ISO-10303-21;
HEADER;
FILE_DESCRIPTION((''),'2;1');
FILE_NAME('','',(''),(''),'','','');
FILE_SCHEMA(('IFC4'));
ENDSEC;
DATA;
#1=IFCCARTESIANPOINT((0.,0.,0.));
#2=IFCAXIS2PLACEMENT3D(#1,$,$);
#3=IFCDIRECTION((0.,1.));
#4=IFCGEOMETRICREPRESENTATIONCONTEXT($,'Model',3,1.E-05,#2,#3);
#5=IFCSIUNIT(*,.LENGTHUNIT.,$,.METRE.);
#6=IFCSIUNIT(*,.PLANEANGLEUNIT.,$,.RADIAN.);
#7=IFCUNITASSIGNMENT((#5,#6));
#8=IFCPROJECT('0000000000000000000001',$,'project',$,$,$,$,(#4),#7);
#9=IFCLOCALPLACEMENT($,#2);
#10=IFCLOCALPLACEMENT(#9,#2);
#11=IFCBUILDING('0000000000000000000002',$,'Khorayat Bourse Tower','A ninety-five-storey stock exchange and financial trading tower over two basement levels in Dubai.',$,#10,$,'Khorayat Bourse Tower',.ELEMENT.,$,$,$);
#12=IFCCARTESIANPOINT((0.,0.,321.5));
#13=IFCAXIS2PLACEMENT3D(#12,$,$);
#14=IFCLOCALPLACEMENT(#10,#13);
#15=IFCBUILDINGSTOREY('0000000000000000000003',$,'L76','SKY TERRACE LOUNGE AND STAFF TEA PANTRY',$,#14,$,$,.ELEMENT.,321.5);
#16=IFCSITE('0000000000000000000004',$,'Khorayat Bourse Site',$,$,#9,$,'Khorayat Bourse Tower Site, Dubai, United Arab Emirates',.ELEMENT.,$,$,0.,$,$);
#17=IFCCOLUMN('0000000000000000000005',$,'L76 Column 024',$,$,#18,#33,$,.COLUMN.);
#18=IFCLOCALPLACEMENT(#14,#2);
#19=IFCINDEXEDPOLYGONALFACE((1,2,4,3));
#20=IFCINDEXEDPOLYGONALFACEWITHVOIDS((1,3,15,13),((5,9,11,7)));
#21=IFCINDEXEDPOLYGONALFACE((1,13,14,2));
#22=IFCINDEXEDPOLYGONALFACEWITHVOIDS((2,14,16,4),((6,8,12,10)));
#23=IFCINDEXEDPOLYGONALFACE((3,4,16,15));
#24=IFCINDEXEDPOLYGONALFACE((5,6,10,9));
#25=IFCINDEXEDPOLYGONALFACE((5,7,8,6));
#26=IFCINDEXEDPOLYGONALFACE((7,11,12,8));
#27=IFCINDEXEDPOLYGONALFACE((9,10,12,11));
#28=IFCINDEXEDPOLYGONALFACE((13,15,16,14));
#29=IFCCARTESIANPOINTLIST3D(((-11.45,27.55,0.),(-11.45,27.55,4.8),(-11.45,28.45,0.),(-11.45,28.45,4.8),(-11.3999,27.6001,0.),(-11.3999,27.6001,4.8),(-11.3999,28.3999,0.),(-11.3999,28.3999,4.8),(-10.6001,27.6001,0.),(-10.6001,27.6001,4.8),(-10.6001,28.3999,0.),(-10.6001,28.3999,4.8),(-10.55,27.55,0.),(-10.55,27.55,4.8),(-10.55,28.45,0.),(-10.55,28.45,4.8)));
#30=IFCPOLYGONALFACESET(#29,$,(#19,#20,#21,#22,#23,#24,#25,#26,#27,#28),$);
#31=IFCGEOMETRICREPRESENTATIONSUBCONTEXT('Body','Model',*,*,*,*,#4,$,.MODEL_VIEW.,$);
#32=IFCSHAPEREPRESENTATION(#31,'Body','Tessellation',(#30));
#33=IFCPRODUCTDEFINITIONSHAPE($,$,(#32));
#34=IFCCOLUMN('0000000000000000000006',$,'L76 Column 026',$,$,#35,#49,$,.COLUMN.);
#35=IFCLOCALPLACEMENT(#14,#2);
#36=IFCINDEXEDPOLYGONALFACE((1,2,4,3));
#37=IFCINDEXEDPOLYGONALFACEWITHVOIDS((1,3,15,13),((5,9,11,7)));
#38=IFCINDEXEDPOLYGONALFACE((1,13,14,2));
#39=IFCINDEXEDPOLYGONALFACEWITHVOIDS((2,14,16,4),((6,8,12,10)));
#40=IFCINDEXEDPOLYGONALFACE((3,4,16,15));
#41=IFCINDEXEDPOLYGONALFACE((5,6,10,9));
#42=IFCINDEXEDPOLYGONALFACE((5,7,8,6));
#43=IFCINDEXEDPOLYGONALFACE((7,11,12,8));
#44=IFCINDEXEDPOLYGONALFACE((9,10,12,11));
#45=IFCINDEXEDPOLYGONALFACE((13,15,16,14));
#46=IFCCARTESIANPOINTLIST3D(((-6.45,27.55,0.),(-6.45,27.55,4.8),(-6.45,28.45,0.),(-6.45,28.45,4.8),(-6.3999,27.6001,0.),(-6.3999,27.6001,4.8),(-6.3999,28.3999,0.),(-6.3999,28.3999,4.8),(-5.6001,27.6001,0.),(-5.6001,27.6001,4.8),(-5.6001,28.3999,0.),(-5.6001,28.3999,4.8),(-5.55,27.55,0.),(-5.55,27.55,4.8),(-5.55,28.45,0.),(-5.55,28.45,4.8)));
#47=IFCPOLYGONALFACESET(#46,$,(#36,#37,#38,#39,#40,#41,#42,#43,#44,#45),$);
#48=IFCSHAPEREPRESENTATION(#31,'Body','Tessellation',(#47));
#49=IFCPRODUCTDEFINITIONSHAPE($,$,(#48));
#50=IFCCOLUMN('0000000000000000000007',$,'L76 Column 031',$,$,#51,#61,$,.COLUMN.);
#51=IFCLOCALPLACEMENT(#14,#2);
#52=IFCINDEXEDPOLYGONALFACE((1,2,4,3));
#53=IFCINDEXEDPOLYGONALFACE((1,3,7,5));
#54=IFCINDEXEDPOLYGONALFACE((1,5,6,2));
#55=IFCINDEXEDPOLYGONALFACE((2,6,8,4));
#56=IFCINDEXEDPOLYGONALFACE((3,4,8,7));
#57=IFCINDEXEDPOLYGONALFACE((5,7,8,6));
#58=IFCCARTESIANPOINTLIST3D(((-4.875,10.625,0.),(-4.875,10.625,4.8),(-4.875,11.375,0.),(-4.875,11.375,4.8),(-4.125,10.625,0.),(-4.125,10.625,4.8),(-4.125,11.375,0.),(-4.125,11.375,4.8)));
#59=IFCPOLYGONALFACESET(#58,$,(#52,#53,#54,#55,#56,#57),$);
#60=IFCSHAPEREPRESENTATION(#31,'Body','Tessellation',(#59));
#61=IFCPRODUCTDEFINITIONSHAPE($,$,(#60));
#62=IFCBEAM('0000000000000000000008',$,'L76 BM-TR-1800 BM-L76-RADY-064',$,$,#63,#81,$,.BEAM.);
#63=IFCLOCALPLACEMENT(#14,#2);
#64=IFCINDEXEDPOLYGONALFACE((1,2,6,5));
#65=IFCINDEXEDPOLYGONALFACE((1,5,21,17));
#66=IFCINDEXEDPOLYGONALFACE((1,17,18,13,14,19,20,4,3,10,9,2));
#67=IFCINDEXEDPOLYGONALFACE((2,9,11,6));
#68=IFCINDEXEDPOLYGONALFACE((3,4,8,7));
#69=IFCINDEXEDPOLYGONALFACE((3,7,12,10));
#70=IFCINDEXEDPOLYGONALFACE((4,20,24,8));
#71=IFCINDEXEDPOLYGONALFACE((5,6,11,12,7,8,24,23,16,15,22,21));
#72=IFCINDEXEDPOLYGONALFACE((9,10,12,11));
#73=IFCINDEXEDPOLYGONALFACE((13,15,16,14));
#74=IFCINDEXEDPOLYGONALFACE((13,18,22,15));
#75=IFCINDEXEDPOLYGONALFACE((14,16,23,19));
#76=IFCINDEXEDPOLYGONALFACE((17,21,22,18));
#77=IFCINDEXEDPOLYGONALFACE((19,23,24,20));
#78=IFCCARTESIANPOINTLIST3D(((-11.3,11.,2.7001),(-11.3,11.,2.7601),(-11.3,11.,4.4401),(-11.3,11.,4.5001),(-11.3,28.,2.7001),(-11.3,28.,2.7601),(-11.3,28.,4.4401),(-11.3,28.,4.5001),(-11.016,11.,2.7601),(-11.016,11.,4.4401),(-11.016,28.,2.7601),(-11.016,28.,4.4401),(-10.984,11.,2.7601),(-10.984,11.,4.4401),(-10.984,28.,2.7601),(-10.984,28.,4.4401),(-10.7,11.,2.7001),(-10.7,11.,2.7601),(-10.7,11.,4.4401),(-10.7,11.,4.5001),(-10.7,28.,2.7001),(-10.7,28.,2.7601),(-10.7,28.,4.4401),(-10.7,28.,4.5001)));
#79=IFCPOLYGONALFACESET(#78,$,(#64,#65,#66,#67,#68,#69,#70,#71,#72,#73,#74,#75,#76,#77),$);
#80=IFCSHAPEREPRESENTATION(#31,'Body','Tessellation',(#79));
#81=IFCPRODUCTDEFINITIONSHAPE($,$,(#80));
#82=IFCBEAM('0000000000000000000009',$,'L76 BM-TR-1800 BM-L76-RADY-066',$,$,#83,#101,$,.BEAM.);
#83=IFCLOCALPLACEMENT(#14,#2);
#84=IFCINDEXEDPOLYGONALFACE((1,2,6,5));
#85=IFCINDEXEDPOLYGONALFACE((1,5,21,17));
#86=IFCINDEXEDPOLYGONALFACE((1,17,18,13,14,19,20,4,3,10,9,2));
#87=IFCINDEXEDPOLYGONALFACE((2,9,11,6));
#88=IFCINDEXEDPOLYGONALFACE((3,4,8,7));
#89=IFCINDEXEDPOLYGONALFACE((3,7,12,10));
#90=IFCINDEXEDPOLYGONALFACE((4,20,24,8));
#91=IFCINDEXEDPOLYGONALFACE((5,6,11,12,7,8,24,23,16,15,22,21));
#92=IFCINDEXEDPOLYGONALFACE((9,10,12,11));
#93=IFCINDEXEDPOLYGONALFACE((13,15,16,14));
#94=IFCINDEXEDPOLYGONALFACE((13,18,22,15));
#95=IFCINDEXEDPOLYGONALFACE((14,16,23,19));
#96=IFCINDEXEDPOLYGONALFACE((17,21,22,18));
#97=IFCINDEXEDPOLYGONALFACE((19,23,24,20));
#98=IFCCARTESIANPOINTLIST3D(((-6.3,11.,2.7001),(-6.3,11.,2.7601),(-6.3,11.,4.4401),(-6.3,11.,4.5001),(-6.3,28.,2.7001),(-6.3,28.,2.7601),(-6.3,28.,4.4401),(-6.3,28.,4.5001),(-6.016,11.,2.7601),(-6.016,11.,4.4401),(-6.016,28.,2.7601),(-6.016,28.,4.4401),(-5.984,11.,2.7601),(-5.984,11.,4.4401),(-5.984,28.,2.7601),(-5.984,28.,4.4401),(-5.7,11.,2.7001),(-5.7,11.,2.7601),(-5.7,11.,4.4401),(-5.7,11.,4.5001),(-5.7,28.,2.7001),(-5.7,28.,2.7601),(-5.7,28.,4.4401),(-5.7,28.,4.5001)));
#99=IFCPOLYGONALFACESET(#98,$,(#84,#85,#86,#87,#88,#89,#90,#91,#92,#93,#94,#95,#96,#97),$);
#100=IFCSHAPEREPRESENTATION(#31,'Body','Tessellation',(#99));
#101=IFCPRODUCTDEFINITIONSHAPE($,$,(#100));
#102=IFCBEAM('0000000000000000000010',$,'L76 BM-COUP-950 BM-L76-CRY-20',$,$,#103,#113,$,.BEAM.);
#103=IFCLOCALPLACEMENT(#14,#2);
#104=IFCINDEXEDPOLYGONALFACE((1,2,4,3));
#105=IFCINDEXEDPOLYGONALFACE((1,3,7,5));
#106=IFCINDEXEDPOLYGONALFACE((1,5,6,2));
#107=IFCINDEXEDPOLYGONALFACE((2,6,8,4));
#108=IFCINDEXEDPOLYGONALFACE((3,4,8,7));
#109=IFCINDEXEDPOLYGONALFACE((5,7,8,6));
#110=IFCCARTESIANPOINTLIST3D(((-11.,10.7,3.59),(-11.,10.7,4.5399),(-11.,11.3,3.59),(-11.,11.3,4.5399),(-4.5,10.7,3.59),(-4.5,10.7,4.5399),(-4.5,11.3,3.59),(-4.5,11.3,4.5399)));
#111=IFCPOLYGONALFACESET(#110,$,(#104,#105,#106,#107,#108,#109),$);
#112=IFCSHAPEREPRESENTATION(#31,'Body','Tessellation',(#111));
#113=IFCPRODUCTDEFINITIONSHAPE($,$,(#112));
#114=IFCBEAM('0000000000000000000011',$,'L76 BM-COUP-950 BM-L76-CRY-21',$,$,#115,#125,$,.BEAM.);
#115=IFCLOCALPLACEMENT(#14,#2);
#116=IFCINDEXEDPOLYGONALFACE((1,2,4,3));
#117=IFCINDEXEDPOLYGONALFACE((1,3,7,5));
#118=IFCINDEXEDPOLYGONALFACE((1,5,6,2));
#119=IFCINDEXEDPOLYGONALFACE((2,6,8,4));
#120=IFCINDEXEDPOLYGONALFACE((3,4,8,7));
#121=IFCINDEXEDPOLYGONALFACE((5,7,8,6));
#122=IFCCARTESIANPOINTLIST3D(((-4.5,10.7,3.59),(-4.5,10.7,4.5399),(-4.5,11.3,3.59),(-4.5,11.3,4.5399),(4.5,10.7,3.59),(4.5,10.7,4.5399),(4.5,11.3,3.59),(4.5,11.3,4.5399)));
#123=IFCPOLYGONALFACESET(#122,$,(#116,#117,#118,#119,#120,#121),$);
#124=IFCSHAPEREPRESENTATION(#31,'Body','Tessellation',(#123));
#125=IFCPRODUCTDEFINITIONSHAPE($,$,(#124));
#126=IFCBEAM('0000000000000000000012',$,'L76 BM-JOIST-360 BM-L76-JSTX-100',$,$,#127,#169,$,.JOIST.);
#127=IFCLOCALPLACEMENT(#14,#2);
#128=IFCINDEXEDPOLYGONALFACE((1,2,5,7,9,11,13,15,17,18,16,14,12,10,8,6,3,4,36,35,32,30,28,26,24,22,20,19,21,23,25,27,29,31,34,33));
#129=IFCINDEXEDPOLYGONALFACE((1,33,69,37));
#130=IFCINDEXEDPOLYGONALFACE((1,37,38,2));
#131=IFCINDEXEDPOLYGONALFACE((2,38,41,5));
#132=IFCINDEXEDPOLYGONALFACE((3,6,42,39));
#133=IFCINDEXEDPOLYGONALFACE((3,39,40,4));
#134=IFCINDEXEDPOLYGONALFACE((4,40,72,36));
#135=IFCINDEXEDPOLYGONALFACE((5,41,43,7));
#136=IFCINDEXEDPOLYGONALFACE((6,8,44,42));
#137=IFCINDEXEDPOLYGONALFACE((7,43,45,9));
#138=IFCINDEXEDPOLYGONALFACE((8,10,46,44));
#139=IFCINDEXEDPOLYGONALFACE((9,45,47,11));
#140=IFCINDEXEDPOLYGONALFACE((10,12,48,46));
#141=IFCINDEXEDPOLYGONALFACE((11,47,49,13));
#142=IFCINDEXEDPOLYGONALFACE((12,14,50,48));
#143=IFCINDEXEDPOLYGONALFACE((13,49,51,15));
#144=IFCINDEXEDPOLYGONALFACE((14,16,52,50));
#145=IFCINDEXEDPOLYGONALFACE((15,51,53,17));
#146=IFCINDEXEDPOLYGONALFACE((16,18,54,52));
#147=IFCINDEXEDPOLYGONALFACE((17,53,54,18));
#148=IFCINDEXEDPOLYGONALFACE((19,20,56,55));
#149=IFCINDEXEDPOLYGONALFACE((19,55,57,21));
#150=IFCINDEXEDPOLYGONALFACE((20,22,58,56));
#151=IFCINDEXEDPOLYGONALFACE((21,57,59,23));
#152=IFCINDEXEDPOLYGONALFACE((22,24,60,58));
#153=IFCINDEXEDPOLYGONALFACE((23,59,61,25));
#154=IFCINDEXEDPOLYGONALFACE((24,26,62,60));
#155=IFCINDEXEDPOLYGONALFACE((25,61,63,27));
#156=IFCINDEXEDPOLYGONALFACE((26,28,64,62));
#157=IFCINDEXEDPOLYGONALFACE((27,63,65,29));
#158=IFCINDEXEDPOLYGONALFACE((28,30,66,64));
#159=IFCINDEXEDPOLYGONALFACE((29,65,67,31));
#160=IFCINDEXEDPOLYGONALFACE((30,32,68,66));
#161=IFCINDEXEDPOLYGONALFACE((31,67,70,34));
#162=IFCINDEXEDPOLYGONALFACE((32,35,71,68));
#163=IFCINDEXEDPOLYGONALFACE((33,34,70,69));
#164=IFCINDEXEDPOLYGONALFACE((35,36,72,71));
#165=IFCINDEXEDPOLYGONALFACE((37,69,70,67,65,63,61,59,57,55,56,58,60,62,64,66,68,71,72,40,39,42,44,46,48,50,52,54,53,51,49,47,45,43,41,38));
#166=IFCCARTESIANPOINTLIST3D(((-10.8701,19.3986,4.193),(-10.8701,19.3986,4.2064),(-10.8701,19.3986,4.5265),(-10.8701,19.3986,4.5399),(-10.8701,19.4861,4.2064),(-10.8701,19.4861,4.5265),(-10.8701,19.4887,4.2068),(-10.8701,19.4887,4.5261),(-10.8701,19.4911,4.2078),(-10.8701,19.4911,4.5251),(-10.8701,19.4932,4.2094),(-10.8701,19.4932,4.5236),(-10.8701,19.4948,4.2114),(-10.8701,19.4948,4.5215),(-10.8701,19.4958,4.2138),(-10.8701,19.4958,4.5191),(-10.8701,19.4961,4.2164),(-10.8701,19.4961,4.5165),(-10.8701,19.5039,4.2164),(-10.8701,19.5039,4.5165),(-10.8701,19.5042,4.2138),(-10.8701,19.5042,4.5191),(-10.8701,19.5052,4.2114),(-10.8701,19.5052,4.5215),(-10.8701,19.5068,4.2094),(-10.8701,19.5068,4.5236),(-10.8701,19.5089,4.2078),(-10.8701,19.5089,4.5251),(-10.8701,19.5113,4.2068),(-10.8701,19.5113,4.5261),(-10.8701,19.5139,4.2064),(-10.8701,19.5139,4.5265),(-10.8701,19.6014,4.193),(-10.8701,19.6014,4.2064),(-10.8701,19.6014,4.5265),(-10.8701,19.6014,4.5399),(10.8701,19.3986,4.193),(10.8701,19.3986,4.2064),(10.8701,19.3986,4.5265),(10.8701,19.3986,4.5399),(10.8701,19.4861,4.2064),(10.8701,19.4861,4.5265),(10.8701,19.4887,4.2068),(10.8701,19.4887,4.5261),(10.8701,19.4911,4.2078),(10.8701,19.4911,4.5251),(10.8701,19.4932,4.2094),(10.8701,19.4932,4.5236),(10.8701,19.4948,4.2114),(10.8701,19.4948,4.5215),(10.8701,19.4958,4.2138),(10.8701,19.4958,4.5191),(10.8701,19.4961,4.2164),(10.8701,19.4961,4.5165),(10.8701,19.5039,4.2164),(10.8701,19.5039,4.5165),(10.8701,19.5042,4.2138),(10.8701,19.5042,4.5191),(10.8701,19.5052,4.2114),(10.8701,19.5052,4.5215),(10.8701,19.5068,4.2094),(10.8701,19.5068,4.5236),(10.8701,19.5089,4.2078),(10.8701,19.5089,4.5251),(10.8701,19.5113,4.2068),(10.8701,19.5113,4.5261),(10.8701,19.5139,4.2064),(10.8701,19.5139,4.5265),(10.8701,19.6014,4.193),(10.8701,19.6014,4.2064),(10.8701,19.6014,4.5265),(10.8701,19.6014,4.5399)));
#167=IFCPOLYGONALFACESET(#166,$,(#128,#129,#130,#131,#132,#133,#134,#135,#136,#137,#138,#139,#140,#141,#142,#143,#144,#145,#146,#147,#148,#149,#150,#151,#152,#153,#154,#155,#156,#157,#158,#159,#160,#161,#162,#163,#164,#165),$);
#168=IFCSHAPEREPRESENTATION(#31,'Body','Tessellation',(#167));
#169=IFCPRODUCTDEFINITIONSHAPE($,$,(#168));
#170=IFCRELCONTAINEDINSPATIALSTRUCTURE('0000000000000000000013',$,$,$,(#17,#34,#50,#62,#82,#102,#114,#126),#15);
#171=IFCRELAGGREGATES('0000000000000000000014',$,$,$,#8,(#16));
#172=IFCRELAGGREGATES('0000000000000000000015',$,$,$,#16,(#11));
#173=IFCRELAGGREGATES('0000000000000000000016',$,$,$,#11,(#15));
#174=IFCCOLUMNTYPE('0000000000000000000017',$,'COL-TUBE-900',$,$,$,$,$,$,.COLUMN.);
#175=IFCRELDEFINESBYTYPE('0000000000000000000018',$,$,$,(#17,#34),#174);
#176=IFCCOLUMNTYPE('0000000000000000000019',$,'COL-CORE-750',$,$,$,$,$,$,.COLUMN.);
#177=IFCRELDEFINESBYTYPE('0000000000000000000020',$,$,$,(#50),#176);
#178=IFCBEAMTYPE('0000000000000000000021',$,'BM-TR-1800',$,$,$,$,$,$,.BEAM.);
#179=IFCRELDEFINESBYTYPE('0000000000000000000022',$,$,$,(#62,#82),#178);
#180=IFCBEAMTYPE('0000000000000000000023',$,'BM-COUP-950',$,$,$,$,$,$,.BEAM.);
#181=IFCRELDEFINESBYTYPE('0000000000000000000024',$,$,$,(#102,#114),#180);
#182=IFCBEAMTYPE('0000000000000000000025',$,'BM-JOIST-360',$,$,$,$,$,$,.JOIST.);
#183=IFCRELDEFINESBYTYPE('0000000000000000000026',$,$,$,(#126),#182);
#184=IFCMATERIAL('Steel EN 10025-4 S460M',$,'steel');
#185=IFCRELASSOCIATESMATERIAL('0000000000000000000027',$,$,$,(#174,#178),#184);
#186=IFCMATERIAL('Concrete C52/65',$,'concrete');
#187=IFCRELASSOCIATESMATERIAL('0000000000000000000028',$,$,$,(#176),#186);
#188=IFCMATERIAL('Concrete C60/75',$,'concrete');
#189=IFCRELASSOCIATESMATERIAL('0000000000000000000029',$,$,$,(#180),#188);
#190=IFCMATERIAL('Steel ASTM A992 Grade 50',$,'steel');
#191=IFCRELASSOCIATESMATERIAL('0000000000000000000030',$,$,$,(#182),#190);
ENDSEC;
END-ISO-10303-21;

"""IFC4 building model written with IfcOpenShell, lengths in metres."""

from ifc_helpers import new_model, si_unit, direction, frame, origin, origin_2d, place, context, subcontext, project, spatial, rectangle, hollow_rectangle, i_section, extrude, source, transform, mapped, material, material_profile, profile_set, type_object, element, save


model = new_model("IFC4")

# Units and contexts
model_context = context("Model", 3, precision=1e-05, world=origin(), true_north=direction((0.0, 1.0)))
body_context = subcontext(model_context, "Body", "Model", "MODEL_VIEW")
ifc_project = project(units=[si_unit("LENGTHUNIT", "METRE"), si_unit("PLANEANGLEUNIT", "RADIAN")], contexts=[model_context])

# Site, building, storey
site_placement = place(None, origin())
site = spatial("IfcSite", under=ifc_project, at=site_placement, Name="Khorayat Bourse Site", LongName="Khorayat Bourse Tower Site, Dubai, United Arab Emirates", CompositionType="ELEMENT", RefElevation=0.0)
building_placement = place(site_placement, origin())
building = spatial("IfcBuilding", under=site, at=building_placement, Name="Khorayat Bourse Tower", Description="A ninety-five-storey stock exchange and financial trading tower over two basement levels in Dubai.", LongName="Khorayat Bourse Tower", CompositionType="ELEMENT")
storey_placement = place(building_placement, frame((0.0, 0.0, 321.5)))
storey = spatial("IfcBuildingStorey", under=building, at=storey_placement, Name="L76", Description="SKY TERRACE LOUNGE AND STAFF TEA PANTRY", CompositionType="ELEMENT", Elevation=321.5)

# Columns
ifc_material_1 = material(Name="Steel EN 10025-4 S460M", Category="steel")
ifc_material_profile_1 = material_profile(ifc_material_1, hollow_rectangle(XDim=0.8999, YDim=0.8999, WallThickness=0.05, at=origin_2d()), Name="BOX 900x900x50")
ifc_profile_set_1 = profile_set([ifc_material_profile_1], Name="Steel EN 10025-4 S460M")
column_type_1 = type_object("IfcColumnType", Name="COL-TUBE-900", PredefinedType="COLUMN", material=ifc_profile_set_1)
shared_shape_1 = source(origin(), body_context, "Body", "SweptSolid", [
    extrude(hollow_rectangle(XDim=0.8999, YDim=0.8999, WallThickness=0.05, at=origin_2d()), origin(), (0.0, 0.0, 1.0), 4.8),
])
for number, where, z_axis, x_axis, name in (
    (1, (-11.0, 28.0, 0.0), (0.0, 0.0, 1.0), (1.0, 0.0, 0.0), "L76 Column 024"),
    (2, (-6.0, 28.0, 0.0), (0.0, 0.0, 1.0), (1.0, 0.0, 0.0), "L76 Column 026"),
):
    element("IfcColumn", number, at=place(storey_placement, frame(where, z_axis=z_axis, x_axis=x_axis)), inside=storey, type_object=column_type_1, Name=name, PredefinedType="COLUMN", context=body_context, shape_type="MappedRepresentation", body=[
        mapped(shared_shape_1, transform((0.0, 0.0, 0.0), scale=1.0)),
    ])
ifc_material_2 = material(Name="Concrete C52/65", Category="concrete")
ifc_material_profile_2 = material_profile(ifc_material_2, rectangle(XDim=0.75, YDim=0.75, at=origin_2d()), Name="RC 750x750")
ifc_profile_set_2 = profile_set([ifc_material_profile_2], Name="Concrete C52/65")
column_type_2 = type_object("IfcColumnType", Name="COL-CORE-750", PredefinedType="COLUMN", material=ifc_profile_set_2)
shared_shape_2 = source(origin(), body_context, "Body", "SweptSolid", [
    extrude(rectangle(XDim=0.75, YDim=0.75, at=origin_2d()), origin(), (0.0, 0.0, 1.0), 4.8),
])
column_placement = place(storey_placement, frame((-4.5, 11.0, 0.0), z_axis=(0.0, 0.0, 1.0), x_axis=(1.0, 0.0, 0.0)))
element("IfcColumn", 3, at=column_placement, inside=storey, type_object=column_type_2, Name="L76 Column 031", PredefinedType="COLUMN", context=body_context, shape_type="MappedRepresentation", body=[
    mapped(shared_shape_2, transform((0.0, 0.0, 0.0), scale=1.0)),
])

# Beams
ifc_material_profile_3 = material_profile(ifc_material_1, i_section(OverallWidth=0.6001, OverallDepth=1.8, WebThickness=0.032, FlangeThickness=0.0601, at=origin_2d()), Name="PG 1800x600x32x60")
ifc_profile_set_3 = profile_set([ifc_material_profile_3], Name="Steel EN 10025-4 S460M")
beam_type_1 = type_object("IfcBeamType", Name="BM-TR-1800", PredefinedType="BEAM", material=ifc_profile_set_3)
shared_shape_3 = source(origin(), body_context, "Body", "SweptSolid", [
    extrude(i_section(OverallWidth=0.6001, OverallDepth=1.8, WebThickness=0.032, FlangeThickness=0.0601, at=origin_2d()), origin(), (0.0, 0.0, 1.0), 17.0),
])
for number, where, z_axis, x_axis, name in (
    (4, (-11.0, 11.0, 3.6001), (0.0, 1.0, 0.0), (-1.0, 0.0, 0.0), "L76 BM-TR-1800 BM-L76-RADY-064"),
    (5, (-6.0, 11.0, 3.6001), (0.0, 1.0, 0.0), (-1.0, 0.0, 0.0), "L76 BM-TR-1800 BM-L76-RADY-066"),
):
    element("IfcBeam", number, at=place(storey_placement, frame(where, z_axis=z_axis, x_axis=x_axis)), inside=storey, type_object=beam_type_1, Name=name, PredefinedType="BEAM", context=body_context, shape_type="MappedRepresentation", body=[
        mapped(shared_shape_3, transform((0.0, 0.0, 0.0), scale=1.0)),
    ])
ifc_material_3 = material(Name="Concrete C60/75", Category="concrete")
ifc_material_profile_4 = material_profile(ifc_material_3, rectangle(XDim=0.6001, YDim=0.95, at=origin_2d()), Name="RC 600x950")
ifc_profile_set_4 = profile_set([ifc_material_profile_4], Name="Concrete C60/75")
beam_type_2 = type_object("IfcBeamType", Name="BM-COUP-950", PredefinedType="BEAM", material=ifc_profile_set_4)
shared_shape_4 = source(origin(), body_context, "Body", "SweptSolid", [
    extrude(rectangle(XDim=0.6001, YDim=0.95, at=origin_2d()), origin(), (0.0, 0.0, 1.0), 6.5),
])
beam_1_placement = place(storey_placement, frame((-11.0, 11.0, 4.0649), z_axis=(1.0, 0.0, 0.0), x_axis=(0.0, 1.0, 0.0)))
element("IfcBeam", 6, at=beam_1_placement, inside=storey, type_object=beam_type_2, Name="L76 BM-COUP-950 BM-L76-CRY-20", PredefinedType="BEAM", context=body_context, shape_type="MappedRepresentation", body=[
    mapped(shared_shape_4, transform((0.0, 0.0, 0.0), scale=1.0)),
])
shared_shape_5 = source(origin(), body_context, "Body", "SweptSolid", [
    extrude(rectangle(XDim=0.6001, YDim=0.95, at=origin_2d()), origin(), (0.0, 0.0, 1.0), 9.0),
])
beam_2_placement = place(storey_placement, frame((-4.5, 11.0, 4.0649), z_axis=(1.0, 0.0, 0.0), x_axis=(0.0, 1.0, 0.0)))
element("IfcBeam", 7, at=beam_2_placement, inside=storey, type_object=beam_type_2, Name="L76 BM-COUP-950 BM-L76-CRY-21", PredefinedType="BEAM", context=body_context, shape_type="MappedRepresentation", body=[
    mapped(shared_shape_5, transform((0.0, 0.0, 0.0), scale=1.0)),
])
ifc_material_4 = material(Name="Steel ASTM A992 Grade 50", Category="steel")
ifc_material_profile_5 = material_profile(ifc_material_4, i_section(OverallWidth=0.2029, OverallDepth=0.3469, WebThickness=0.0078, FlangeThickness=0.0134, FilletRadius=0.01, at=origin_2d()), Name="W360X64")
ifc_profile_set_5 = profile_set([ifc_material_profile_5], Name="Steel ASTM A992 Grade 50")
beam_type_3 = type_object("IfcBeamType", Name="BM-JOIST-360", PredefinedType="JOIST", material=ifc_profile_set_5)
shared_shape_6 = source(origin(), body_context, "Body", "SweptSolid", [
    extrude(i_section(OverallWidth=0.2029, OverallDepth=0.3469, WebThickness=0.0078, FlangeThickness=0.0134, FilletRadius=0.01, at=origin_2d()), origin(), (0.0, 0.0, 1.0), 21.7402),
])
beam_3_placement = place(storey_placement, frame((-10.8701, 19.5, 4.3665), z_axis=(1.0, 0.0, 0.0), x_axis=(0.0, 1.0, 0.0)))
element("IfcBeam", 8, at=beam_3_placement, inside=storey, type_object=beam_type_3, Name="L76 BM-JOIST-360 BM-L76-JSTX-100", PredefinedType="JOIST", context=body_context, shape_type="MappedRepresentation", body=[
    mapped(shared_shape_6, transform((0.0, 0.0, 0.0), scale=1.0)),
])

save(model, "model.ifc")
